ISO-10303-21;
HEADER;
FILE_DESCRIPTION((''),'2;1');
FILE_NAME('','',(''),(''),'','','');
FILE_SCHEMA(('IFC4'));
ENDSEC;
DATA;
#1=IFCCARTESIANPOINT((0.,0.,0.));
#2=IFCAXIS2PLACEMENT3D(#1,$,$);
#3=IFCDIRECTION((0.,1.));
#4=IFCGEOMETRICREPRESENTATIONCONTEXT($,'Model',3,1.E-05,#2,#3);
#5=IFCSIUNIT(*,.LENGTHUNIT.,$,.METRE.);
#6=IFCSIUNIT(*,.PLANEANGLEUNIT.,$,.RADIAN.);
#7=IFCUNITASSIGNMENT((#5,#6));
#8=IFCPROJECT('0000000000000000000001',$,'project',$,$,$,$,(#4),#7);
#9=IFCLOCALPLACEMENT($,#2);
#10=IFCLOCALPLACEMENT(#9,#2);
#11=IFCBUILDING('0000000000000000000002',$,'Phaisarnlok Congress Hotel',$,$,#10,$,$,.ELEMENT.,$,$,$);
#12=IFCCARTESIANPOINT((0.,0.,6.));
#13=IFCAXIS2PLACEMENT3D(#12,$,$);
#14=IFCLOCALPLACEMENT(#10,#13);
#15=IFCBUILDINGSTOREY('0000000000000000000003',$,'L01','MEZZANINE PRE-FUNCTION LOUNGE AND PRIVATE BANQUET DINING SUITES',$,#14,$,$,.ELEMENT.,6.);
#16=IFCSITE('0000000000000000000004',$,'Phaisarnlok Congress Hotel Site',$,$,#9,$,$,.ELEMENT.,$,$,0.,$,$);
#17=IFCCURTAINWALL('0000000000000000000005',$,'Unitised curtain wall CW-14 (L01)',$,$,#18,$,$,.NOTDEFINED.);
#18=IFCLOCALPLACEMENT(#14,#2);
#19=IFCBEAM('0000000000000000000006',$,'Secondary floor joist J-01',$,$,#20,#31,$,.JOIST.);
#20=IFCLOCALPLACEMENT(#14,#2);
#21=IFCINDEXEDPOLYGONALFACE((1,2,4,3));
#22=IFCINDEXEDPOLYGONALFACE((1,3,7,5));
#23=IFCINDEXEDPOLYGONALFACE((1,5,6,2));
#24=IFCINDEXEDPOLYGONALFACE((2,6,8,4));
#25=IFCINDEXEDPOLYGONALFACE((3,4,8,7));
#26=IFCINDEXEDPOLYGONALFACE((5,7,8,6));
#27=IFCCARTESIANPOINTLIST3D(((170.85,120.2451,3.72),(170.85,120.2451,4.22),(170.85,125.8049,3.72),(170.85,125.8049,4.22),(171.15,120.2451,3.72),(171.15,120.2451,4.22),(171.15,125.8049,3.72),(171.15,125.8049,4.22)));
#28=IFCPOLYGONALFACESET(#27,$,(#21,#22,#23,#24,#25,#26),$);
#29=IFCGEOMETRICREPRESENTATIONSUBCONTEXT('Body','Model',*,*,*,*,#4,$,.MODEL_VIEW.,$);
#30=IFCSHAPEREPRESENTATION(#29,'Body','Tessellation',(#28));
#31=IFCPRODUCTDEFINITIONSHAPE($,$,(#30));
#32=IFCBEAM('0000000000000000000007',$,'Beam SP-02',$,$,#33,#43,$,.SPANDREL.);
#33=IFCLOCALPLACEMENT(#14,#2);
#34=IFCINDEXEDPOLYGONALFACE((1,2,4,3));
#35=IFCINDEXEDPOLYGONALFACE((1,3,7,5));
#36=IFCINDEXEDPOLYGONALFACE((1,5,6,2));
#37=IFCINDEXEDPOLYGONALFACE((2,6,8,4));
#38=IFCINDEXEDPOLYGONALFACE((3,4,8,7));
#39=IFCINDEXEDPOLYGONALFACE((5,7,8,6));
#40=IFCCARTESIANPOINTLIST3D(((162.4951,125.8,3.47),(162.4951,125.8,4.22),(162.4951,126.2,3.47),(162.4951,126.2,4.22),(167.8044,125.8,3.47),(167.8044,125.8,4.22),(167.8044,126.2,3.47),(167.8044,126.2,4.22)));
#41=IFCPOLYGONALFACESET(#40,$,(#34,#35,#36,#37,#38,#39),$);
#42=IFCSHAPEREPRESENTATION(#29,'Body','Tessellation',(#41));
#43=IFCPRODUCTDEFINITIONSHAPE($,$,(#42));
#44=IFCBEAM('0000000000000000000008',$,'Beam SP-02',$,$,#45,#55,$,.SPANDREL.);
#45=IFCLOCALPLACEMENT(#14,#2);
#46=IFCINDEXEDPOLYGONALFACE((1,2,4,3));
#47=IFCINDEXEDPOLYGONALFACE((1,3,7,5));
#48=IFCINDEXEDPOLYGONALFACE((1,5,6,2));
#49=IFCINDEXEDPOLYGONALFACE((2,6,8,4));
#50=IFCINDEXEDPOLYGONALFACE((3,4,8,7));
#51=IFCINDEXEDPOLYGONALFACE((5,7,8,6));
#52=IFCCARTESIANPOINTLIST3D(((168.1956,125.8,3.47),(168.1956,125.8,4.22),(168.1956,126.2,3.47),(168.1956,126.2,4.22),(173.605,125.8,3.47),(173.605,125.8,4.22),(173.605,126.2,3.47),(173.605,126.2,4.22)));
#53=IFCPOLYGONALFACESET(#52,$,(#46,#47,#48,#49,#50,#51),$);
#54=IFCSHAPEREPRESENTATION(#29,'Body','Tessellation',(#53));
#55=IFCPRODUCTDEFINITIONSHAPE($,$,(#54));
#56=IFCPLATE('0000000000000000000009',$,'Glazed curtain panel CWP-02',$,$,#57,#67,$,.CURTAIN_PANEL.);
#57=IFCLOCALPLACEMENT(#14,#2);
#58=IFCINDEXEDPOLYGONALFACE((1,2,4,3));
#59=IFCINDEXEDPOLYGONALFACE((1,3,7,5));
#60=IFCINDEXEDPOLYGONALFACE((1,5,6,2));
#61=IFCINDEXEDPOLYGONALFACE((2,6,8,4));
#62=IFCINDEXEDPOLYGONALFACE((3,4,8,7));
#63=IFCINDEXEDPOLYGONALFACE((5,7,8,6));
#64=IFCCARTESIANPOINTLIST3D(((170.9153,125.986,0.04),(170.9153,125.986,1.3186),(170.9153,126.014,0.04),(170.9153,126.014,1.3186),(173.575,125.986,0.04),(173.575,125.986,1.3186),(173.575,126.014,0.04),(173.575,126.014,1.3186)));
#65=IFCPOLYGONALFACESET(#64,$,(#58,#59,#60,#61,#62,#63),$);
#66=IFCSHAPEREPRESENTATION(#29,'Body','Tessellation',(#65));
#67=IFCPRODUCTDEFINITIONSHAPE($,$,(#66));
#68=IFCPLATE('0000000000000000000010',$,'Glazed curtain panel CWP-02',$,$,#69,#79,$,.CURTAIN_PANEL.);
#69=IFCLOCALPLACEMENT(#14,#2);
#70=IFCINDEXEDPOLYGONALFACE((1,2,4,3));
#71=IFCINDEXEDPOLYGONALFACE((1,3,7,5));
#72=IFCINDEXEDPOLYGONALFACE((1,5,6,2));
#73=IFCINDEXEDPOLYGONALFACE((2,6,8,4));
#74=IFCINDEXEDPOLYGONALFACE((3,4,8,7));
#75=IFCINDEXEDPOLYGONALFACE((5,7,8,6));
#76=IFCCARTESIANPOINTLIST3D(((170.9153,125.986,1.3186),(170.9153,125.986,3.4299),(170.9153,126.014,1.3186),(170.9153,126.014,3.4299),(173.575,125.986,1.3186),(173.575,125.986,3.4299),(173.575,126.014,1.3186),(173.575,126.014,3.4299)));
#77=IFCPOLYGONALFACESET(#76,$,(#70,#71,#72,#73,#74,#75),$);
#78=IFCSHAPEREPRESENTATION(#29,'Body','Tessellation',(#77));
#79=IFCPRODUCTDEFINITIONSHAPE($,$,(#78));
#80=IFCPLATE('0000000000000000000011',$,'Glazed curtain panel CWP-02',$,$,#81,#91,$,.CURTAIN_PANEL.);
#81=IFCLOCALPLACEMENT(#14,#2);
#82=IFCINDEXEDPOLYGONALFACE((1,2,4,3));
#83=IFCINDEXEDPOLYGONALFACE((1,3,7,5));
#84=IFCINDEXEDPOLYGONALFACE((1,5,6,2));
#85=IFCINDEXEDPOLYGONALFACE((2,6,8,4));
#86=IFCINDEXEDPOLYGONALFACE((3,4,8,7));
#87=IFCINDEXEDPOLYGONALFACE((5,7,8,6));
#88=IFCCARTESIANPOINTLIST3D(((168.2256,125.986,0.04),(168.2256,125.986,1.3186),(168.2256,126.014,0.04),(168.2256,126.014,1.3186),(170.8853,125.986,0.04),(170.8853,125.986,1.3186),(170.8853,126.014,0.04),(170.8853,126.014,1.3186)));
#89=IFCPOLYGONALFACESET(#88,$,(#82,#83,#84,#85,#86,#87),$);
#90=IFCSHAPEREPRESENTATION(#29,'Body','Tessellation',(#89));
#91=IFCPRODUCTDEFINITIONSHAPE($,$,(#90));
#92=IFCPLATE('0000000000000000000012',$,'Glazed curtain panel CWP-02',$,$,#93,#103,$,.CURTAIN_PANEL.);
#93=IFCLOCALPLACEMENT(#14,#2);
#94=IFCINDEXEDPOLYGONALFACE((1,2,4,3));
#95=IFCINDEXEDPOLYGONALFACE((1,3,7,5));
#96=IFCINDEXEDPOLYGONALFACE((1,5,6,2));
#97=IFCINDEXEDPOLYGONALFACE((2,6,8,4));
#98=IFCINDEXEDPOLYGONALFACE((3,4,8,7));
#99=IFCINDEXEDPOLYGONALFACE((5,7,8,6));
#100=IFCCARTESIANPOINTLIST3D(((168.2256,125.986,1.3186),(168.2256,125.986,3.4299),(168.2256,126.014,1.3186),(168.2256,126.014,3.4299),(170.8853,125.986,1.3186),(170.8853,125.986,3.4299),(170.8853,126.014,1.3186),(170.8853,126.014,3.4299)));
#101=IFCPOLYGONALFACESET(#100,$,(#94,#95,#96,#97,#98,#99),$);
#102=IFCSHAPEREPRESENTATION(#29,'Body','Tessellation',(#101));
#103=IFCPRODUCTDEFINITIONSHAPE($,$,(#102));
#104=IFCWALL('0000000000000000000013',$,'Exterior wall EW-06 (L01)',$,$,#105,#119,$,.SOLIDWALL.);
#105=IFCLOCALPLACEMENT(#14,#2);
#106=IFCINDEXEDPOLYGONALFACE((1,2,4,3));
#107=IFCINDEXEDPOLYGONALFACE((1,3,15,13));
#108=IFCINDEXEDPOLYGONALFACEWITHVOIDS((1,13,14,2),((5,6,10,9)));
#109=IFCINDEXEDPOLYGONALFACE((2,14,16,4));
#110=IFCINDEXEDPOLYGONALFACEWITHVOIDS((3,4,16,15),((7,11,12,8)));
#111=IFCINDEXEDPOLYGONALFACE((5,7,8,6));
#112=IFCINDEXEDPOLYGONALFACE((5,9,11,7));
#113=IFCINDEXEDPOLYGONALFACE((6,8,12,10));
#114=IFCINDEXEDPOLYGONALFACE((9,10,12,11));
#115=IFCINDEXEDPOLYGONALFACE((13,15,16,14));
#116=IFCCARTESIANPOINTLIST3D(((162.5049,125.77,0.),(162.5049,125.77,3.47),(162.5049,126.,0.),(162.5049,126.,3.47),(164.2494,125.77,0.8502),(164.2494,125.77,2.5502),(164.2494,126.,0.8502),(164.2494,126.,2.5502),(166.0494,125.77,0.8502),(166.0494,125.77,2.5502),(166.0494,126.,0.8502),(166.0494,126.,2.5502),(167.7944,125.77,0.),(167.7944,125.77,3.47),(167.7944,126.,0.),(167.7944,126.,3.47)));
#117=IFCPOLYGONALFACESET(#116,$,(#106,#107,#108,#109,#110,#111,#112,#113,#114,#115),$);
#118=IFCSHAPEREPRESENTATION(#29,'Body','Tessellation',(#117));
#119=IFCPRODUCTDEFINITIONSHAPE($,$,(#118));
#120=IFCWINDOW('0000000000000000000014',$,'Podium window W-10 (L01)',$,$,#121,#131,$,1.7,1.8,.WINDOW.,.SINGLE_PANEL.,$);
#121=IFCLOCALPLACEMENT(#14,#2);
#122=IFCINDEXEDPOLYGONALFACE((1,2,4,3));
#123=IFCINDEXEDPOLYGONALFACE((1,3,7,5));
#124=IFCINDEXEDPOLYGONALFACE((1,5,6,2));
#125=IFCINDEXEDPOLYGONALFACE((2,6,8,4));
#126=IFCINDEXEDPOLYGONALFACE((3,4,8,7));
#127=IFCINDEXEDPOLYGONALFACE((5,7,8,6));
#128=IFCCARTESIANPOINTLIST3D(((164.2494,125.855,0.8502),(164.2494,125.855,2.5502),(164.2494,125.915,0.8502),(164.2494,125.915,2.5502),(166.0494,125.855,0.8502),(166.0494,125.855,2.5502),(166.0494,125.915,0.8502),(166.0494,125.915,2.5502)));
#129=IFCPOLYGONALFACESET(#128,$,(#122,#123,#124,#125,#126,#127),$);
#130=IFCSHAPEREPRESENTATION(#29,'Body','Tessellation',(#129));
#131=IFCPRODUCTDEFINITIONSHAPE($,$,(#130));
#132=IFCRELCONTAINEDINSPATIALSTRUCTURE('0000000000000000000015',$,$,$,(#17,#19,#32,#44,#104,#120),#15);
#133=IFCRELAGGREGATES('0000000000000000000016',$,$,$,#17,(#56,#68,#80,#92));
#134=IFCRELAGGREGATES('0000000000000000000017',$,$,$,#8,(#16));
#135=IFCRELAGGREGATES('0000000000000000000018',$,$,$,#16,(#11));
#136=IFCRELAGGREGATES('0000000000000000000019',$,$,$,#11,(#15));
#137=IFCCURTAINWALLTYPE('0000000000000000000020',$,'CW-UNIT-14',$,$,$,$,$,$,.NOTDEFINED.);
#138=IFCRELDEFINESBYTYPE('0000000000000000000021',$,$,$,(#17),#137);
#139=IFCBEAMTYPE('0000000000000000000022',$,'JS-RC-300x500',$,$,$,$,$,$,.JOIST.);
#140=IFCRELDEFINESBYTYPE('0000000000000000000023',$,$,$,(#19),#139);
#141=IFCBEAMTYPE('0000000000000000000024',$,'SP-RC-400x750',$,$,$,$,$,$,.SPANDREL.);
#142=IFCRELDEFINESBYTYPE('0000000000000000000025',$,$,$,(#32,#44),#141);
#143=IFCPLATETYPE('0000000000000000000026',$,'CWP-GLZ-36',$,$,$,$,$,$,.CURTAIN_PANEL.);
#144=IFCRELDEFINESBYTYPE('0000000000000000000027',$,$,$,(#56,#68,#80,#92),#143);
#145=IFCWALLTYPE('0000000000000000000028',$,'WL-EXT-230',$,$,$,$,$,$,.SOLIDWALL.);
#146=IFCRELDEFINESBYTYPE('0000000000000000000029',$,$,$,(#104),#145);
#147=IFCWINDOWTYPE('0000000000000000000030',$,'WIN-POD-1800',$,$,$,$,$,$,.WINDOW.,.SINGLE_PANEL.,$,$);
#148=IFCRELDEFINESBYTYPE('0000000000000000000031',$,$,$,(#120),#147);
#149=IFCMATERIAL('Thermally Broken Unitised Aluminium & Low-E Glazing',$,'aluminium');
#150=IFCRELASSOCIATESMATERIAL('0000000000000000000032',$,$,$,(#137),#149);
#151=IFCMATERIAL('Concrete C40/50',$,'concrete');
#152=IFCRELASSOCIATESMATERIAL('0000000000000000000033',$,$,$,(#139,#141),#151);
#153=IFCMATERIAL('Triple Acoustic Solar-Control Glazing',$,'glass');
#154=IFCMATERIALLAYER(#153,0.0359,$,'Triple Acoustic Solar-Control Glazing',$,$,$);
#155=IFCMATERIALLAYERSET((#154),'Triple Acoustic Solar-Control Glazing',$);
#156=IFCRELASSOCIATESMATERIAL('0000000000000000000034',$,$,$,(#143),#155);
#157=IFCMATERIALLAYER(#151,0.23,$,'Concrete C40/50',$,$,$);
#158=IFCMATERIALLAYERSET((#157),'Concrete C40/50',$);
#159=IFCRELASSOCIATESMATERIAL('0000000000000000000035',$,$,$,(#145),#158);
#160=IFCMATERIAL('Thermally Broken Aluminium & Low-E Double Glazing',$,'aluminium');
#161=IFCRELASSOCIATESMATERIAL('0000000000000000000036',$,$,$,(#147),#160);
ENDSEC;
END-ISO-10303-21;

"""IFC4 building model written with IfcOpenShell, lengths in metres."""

from ifc_helpers import new_model, si_unit, direction, frame, frame_2d, origin, origin_2d, place, context, subcontext, project, spatial, rectangle, extrude, material, layer, layer_set, material_profile, profile_set, type_object, element, fill, aggregate, save


model = new_model("IFC4")

# Units and contexts
model_context = context("Model", 3, precision=1e-05, world=origin(), true_north=direction((0.0, 1.0)))
body_context = subcontext(model_context, "Body", "Model", "MODEL_VIEW")
ifc_project = project(units=[si_unit("LENGTHUNIT", "METRE"), si_unit("PLANEANGLEUNIT", "RADIAN")], contexts=[model_context])

# Site, building, storey
site_placement = place(None, origin())
site = spatial("IfcSite", under=ifc_project, at=site_placement, Name="Phaisarnlok Congress Hotel Site", CompositionType="ELEMENT", RefElevation=0.0)
building_placement = place(site_placement, origin())
building = spatial("IfcBuilding", under=site, at=building_placement, Name="Phaisarnlok Congress Hotel", CompositionType="ELEMENT")
storey_placement = place(building_placement, frame((0.0, 0.0, 6.0)))
storey = spatial("IfcBuildingStorey", under=building, at=storey_placement, Name="L01", Description="MEZZANINE PRE-FUNCTION LOUNGE AND PRIVATE BANQUET DINING SUITES", CompositionType="ELEMENT", Elevation=6.0)

# Shared definitions
ifc_material_1 = material(Name="Concrete C40/50", Category="concrete")

# Curtain wall
ifc_material_2 = material(Name="Thermally Broken Unitised Aluminium & Low-E Glazing", Category="aluminium")
curtain_wall_type = type_object("IfcCurtainWallType", Name="CW-UNIT-14", PredefinedType="NOTDEFINED", material=ifc_material_2)
curtain_wall_placement = place(storey_placement, origin())
curtain_wall = element("IfcCurtainWall", 1, at=curtain_wall_placement, inside=storey, type_object=curtain_wall_type, Name="Unitised curtain wall CW-14 (L01)", PredefinedType="NOTDEFINED")

# Beams
ifc_material_profile_1 = material_profile(ifc_material_1, rectangle(XDim=0.3, YDim=0.5, at=origin_2d()), Name="RC 300x500")
ifc_profile_set_1 = profile_set([ifc_material_profile_1], Name="Concrete C40/50")
beam_type_1 = type_object("IfcBeamType", Name="JS-RC-300x500", PredefinedType="JOIST", material=ifc_profile_set_1)
beam_1_placement = place(storey_placement, frame((171.0, 120.2451, 3.97), z_axis=(0.0, 1.0, 0.0), x_axis=(-1.0, 0.0, 0.0)))
element("IfcBeam", 2, at=beam_1_placement, inside=storey, type_object=beam_type_1, Name="Secondary floor joist J-01", PredefinedType="JOIST", context=body_context, shape_type="SweptSolid", body=[
    extrude(rectangle(XDim=0.3, YDim=0.5, at=origin_2d()), origin(), (0.0, 0.0, 1.0), 5.5598),
])
ifc_material_profile_2 = material_profile(ifc_material_1, rectangle(XDim=0.3999, YDim=0.75, at=origin_2d()), Name="RC 400x750")
ifc_profile_set_2 = profile_set([ifc_material_profile_2], Name="Concrete C40/50")
beam_type_2 = type_object("IfcBeamType", Name="SP-RC-400x750", PredefinedType="SPANDREL", material=ifc_profile_set_2)
beam_2_placement = place(storey_placement, frame((162.4951, 126.0, 3.845), z_axis=(1.0, 0.0, 0.0), x_axis=(0.0, 1.0, 0.0)))
element("IfcBeam", 3, at=beam_2_placement, inside=storey, type_object=beam_type_2, Name="Beam SP-02", PredefinedType="SPANDREL", context=body_context, shape_type="SweptSolid", body=[
    extrude(rectangle(XDim=0.3999, YDim=0.75, at=origin_2d()), origin(), (0.0, 0.0, 1.0), 5.3093),
])
beam_3_placement = place(storey_placement, frame((168.1956, 126.0, 3.845), z_axis=(1.0, 0.0, 0.0), x_axis=(0.0, 1.0, 0.0)))
element("IfcBeam", 4, at=beam_3_placement, inside=storey, type_object=beam_type_2, Name="Beam SP-02", PredefinedType="SPANDREL", context=body_context, shape_type="SweptSolid", body=[
    extrude(rectangle(XDim=0.3999, YDim=0.75, at=origin_2d()), origin(), (0.0, 0.0, 1.0), 5.4094),
])

# Plates
ifc_material_3 = material(Name="Triple Acoustic Solar-Control Glazing", Category="glass")
ifc_layer_1 = layer(ifc_material_3, 0.0359, Name="Triple Acoustic Solar-Control Glazing")
ifc_layer_set_1 = layer_set([ifc_layer_1], Name="Triple Acoustic Solar-Control Glazing")
plate_type = type_object("IfcPlateType", Name="CWP-GLZ-36", PredefinedType="CURTAIN_PANEL", material=ifc_layer_set_1)
plate_1_placement = place(storey_placement, frame((173.575, 126.0, 0.04), z_axis=(0.0, 0.0, 1.0), x_axis=(-1.0, 0.0, 0.0)))
plate_1 = element("IfcPlate", 5, at=plate_1_placement, type_object=plate_type, Name="Glazed curtain panel CWP-02", PredefinedType="CURTAIN_PANEL", context=body_context, shape_type="SweptSolid", body=[
    extrude(rectangle(XDim=2.6597, YDim=0.0281, at=frame_2d((1.3298, 0.0))), origin(), (0.0, 0.0, 1.0), 1.2786),
])
plate_2_placement = place(storey_placement, frame((173.575, 126.0, 1.3186), z_axis=(0.0, 0.0, 1.0), x_axis=(-1.0, 0.0, 0.0)))
plate_2 = element("IfcPlate", 6, at=plate_2_placement, type_object=plate_type, Name="Glazed curtain panel CWP-02", PredefinedType="CURTAIN_PANEL", context=body_context, shape_type="SweptSolid", body=[
    extrude(rectangle(XDim=2.6597, YDim=0.0281, at=frame_2d((1.3298, 0.0))), origin(), (0.0, 0.0, 1.0), 2.1113),
])
plate_3_placement = place(storey_placement, frame((170.8853, 126.0, 0.04), z_axis=(0.0, 0.0, 1.0), x_axis=(-1.0, 0.0, 0.0)))
plate_3 = element("IfcPlate", 7, at=plate_3_placement, type_object=plate_type, Name="Glazed curtain panel CWP-02", PredefinedType="CURTAIN_PANEL", context=body_context, shape_type="SweptSolid", body=[
    extrude(rectangle(XDim=2.6597, YDim=0.0281, at=frame_2d((1.3298, 0.0))), origin(), (0.0, 0.0, 1.0), 1.2786),
])
plate_4_placement = place(storey_placement, frame((170.8853, 126.0, 1.3186), z_axis=(0.0, 0.0, 1.0), x_axis=(-1.0, 0.0, 0.0)))
plate_4 = element("IfcPlate", 8, at=plate_4_placement, type_object=plate_type, Name="Glazed curtain panel CWP-02", PredefinedType="CURTAIN_PANEL", context=body_context, shape_type="SweptSolid", body=[
    extrude(rectangle(XDim=2.6597, YDim=0.0281, at=frame_2d((1.3298, 0.0))), origin(), (0.0, 0.0, 1.0), 2.1113),
])
aggregate(curtain_wall, [plate_1, plate_2, plate_3, plate_4])

# Wall, opening, window
ifc_layer_2 = layer(ifc_material_1, 0.23, Name="Concrete C40/50")
ifc_layer_set_2 = layer_set([ifc_layer_2], Name="Concrete C40/50")
wall_type = type_object("IfcWallType", Name="WL-EXT-230", PredefinedType="SOLIDWALL", material=ifc_layer_set_2)
wall_placement = place(storey_placement, frame((167.7944, 125.885, 0.0), z_axis=(0.0, 0.0, 1.0), x_axis=(-1.0, 0.0, 0.0)))
wall = element("IfcWall", 9, at=wall_placement, inside=storey, type_object=wall_type, Name="Exterior wall EW-06 (L01)", PredefinedType="SOLIDWALL", context=body_context, shape_type="SweptSolid", body=[
    extrude(rectangle(XDim=5.2896, YDim=0.23, at=frame_2d((2.6448, 0.0))), origin(), (0.0, 0.0, 1.0), 3.47),
])
opening_placement = place(wall_placement, frame((1.7451, 0.0, 0.8501)))
opening = element("IfcOpeningElement", 10, at=opening_placement, cuts=wall, PredefinedType="OPENING", context=body_context, shape_type="SweptSolid", body=[
    extrude(rectangle(XDim=1.8, YDim=1.7, at=frame_2d((0.8999, 0.8501))), frame((0.0, 0.125, 0.0), z_axis=(0.0, -1.0, 0.0), x_axis=(1.0, 0.0, 0.0)), (0.0, 0.0, 1.0), 0.25),
])
ifc_material_4 = material(Name="Thermally Broken Aluminium & Low-E Double Glazing", Category="aluminium")
window_type = type_object("IfcWindowType", Name="WIN-POD-1800", PartitioningType="SINGLE_PANEL", PredefinedType="WINDOW", material=ifc_material_4)
window_placement = place(opening_placement, origin())
window = element("IfcWindow", 11, at=window_placement, inside=storey, type_object=window_type, Name="Podium window W-10 (L01)", OverallHeight=1.7, OverallWidth=1.8, PartitioningType="SINGLE_PANEL", PredefinedType="WINDOW", context=body_context, shape_type="SweptSolid", body=[
    extrude(rectangle(XDim=1.8, YDim=1.7, at=frame_2d((0.8999, 0.8501))), frame((0.0, 0.03, 0.0), z_axis=(0.0, -1.0, 0.0), x_axis=(1.0, 0.0, 0.0)), (0.0, 0.0, 1.0), 0.0601),
])
fill(opening, window)

save(model, "model.ifc")
